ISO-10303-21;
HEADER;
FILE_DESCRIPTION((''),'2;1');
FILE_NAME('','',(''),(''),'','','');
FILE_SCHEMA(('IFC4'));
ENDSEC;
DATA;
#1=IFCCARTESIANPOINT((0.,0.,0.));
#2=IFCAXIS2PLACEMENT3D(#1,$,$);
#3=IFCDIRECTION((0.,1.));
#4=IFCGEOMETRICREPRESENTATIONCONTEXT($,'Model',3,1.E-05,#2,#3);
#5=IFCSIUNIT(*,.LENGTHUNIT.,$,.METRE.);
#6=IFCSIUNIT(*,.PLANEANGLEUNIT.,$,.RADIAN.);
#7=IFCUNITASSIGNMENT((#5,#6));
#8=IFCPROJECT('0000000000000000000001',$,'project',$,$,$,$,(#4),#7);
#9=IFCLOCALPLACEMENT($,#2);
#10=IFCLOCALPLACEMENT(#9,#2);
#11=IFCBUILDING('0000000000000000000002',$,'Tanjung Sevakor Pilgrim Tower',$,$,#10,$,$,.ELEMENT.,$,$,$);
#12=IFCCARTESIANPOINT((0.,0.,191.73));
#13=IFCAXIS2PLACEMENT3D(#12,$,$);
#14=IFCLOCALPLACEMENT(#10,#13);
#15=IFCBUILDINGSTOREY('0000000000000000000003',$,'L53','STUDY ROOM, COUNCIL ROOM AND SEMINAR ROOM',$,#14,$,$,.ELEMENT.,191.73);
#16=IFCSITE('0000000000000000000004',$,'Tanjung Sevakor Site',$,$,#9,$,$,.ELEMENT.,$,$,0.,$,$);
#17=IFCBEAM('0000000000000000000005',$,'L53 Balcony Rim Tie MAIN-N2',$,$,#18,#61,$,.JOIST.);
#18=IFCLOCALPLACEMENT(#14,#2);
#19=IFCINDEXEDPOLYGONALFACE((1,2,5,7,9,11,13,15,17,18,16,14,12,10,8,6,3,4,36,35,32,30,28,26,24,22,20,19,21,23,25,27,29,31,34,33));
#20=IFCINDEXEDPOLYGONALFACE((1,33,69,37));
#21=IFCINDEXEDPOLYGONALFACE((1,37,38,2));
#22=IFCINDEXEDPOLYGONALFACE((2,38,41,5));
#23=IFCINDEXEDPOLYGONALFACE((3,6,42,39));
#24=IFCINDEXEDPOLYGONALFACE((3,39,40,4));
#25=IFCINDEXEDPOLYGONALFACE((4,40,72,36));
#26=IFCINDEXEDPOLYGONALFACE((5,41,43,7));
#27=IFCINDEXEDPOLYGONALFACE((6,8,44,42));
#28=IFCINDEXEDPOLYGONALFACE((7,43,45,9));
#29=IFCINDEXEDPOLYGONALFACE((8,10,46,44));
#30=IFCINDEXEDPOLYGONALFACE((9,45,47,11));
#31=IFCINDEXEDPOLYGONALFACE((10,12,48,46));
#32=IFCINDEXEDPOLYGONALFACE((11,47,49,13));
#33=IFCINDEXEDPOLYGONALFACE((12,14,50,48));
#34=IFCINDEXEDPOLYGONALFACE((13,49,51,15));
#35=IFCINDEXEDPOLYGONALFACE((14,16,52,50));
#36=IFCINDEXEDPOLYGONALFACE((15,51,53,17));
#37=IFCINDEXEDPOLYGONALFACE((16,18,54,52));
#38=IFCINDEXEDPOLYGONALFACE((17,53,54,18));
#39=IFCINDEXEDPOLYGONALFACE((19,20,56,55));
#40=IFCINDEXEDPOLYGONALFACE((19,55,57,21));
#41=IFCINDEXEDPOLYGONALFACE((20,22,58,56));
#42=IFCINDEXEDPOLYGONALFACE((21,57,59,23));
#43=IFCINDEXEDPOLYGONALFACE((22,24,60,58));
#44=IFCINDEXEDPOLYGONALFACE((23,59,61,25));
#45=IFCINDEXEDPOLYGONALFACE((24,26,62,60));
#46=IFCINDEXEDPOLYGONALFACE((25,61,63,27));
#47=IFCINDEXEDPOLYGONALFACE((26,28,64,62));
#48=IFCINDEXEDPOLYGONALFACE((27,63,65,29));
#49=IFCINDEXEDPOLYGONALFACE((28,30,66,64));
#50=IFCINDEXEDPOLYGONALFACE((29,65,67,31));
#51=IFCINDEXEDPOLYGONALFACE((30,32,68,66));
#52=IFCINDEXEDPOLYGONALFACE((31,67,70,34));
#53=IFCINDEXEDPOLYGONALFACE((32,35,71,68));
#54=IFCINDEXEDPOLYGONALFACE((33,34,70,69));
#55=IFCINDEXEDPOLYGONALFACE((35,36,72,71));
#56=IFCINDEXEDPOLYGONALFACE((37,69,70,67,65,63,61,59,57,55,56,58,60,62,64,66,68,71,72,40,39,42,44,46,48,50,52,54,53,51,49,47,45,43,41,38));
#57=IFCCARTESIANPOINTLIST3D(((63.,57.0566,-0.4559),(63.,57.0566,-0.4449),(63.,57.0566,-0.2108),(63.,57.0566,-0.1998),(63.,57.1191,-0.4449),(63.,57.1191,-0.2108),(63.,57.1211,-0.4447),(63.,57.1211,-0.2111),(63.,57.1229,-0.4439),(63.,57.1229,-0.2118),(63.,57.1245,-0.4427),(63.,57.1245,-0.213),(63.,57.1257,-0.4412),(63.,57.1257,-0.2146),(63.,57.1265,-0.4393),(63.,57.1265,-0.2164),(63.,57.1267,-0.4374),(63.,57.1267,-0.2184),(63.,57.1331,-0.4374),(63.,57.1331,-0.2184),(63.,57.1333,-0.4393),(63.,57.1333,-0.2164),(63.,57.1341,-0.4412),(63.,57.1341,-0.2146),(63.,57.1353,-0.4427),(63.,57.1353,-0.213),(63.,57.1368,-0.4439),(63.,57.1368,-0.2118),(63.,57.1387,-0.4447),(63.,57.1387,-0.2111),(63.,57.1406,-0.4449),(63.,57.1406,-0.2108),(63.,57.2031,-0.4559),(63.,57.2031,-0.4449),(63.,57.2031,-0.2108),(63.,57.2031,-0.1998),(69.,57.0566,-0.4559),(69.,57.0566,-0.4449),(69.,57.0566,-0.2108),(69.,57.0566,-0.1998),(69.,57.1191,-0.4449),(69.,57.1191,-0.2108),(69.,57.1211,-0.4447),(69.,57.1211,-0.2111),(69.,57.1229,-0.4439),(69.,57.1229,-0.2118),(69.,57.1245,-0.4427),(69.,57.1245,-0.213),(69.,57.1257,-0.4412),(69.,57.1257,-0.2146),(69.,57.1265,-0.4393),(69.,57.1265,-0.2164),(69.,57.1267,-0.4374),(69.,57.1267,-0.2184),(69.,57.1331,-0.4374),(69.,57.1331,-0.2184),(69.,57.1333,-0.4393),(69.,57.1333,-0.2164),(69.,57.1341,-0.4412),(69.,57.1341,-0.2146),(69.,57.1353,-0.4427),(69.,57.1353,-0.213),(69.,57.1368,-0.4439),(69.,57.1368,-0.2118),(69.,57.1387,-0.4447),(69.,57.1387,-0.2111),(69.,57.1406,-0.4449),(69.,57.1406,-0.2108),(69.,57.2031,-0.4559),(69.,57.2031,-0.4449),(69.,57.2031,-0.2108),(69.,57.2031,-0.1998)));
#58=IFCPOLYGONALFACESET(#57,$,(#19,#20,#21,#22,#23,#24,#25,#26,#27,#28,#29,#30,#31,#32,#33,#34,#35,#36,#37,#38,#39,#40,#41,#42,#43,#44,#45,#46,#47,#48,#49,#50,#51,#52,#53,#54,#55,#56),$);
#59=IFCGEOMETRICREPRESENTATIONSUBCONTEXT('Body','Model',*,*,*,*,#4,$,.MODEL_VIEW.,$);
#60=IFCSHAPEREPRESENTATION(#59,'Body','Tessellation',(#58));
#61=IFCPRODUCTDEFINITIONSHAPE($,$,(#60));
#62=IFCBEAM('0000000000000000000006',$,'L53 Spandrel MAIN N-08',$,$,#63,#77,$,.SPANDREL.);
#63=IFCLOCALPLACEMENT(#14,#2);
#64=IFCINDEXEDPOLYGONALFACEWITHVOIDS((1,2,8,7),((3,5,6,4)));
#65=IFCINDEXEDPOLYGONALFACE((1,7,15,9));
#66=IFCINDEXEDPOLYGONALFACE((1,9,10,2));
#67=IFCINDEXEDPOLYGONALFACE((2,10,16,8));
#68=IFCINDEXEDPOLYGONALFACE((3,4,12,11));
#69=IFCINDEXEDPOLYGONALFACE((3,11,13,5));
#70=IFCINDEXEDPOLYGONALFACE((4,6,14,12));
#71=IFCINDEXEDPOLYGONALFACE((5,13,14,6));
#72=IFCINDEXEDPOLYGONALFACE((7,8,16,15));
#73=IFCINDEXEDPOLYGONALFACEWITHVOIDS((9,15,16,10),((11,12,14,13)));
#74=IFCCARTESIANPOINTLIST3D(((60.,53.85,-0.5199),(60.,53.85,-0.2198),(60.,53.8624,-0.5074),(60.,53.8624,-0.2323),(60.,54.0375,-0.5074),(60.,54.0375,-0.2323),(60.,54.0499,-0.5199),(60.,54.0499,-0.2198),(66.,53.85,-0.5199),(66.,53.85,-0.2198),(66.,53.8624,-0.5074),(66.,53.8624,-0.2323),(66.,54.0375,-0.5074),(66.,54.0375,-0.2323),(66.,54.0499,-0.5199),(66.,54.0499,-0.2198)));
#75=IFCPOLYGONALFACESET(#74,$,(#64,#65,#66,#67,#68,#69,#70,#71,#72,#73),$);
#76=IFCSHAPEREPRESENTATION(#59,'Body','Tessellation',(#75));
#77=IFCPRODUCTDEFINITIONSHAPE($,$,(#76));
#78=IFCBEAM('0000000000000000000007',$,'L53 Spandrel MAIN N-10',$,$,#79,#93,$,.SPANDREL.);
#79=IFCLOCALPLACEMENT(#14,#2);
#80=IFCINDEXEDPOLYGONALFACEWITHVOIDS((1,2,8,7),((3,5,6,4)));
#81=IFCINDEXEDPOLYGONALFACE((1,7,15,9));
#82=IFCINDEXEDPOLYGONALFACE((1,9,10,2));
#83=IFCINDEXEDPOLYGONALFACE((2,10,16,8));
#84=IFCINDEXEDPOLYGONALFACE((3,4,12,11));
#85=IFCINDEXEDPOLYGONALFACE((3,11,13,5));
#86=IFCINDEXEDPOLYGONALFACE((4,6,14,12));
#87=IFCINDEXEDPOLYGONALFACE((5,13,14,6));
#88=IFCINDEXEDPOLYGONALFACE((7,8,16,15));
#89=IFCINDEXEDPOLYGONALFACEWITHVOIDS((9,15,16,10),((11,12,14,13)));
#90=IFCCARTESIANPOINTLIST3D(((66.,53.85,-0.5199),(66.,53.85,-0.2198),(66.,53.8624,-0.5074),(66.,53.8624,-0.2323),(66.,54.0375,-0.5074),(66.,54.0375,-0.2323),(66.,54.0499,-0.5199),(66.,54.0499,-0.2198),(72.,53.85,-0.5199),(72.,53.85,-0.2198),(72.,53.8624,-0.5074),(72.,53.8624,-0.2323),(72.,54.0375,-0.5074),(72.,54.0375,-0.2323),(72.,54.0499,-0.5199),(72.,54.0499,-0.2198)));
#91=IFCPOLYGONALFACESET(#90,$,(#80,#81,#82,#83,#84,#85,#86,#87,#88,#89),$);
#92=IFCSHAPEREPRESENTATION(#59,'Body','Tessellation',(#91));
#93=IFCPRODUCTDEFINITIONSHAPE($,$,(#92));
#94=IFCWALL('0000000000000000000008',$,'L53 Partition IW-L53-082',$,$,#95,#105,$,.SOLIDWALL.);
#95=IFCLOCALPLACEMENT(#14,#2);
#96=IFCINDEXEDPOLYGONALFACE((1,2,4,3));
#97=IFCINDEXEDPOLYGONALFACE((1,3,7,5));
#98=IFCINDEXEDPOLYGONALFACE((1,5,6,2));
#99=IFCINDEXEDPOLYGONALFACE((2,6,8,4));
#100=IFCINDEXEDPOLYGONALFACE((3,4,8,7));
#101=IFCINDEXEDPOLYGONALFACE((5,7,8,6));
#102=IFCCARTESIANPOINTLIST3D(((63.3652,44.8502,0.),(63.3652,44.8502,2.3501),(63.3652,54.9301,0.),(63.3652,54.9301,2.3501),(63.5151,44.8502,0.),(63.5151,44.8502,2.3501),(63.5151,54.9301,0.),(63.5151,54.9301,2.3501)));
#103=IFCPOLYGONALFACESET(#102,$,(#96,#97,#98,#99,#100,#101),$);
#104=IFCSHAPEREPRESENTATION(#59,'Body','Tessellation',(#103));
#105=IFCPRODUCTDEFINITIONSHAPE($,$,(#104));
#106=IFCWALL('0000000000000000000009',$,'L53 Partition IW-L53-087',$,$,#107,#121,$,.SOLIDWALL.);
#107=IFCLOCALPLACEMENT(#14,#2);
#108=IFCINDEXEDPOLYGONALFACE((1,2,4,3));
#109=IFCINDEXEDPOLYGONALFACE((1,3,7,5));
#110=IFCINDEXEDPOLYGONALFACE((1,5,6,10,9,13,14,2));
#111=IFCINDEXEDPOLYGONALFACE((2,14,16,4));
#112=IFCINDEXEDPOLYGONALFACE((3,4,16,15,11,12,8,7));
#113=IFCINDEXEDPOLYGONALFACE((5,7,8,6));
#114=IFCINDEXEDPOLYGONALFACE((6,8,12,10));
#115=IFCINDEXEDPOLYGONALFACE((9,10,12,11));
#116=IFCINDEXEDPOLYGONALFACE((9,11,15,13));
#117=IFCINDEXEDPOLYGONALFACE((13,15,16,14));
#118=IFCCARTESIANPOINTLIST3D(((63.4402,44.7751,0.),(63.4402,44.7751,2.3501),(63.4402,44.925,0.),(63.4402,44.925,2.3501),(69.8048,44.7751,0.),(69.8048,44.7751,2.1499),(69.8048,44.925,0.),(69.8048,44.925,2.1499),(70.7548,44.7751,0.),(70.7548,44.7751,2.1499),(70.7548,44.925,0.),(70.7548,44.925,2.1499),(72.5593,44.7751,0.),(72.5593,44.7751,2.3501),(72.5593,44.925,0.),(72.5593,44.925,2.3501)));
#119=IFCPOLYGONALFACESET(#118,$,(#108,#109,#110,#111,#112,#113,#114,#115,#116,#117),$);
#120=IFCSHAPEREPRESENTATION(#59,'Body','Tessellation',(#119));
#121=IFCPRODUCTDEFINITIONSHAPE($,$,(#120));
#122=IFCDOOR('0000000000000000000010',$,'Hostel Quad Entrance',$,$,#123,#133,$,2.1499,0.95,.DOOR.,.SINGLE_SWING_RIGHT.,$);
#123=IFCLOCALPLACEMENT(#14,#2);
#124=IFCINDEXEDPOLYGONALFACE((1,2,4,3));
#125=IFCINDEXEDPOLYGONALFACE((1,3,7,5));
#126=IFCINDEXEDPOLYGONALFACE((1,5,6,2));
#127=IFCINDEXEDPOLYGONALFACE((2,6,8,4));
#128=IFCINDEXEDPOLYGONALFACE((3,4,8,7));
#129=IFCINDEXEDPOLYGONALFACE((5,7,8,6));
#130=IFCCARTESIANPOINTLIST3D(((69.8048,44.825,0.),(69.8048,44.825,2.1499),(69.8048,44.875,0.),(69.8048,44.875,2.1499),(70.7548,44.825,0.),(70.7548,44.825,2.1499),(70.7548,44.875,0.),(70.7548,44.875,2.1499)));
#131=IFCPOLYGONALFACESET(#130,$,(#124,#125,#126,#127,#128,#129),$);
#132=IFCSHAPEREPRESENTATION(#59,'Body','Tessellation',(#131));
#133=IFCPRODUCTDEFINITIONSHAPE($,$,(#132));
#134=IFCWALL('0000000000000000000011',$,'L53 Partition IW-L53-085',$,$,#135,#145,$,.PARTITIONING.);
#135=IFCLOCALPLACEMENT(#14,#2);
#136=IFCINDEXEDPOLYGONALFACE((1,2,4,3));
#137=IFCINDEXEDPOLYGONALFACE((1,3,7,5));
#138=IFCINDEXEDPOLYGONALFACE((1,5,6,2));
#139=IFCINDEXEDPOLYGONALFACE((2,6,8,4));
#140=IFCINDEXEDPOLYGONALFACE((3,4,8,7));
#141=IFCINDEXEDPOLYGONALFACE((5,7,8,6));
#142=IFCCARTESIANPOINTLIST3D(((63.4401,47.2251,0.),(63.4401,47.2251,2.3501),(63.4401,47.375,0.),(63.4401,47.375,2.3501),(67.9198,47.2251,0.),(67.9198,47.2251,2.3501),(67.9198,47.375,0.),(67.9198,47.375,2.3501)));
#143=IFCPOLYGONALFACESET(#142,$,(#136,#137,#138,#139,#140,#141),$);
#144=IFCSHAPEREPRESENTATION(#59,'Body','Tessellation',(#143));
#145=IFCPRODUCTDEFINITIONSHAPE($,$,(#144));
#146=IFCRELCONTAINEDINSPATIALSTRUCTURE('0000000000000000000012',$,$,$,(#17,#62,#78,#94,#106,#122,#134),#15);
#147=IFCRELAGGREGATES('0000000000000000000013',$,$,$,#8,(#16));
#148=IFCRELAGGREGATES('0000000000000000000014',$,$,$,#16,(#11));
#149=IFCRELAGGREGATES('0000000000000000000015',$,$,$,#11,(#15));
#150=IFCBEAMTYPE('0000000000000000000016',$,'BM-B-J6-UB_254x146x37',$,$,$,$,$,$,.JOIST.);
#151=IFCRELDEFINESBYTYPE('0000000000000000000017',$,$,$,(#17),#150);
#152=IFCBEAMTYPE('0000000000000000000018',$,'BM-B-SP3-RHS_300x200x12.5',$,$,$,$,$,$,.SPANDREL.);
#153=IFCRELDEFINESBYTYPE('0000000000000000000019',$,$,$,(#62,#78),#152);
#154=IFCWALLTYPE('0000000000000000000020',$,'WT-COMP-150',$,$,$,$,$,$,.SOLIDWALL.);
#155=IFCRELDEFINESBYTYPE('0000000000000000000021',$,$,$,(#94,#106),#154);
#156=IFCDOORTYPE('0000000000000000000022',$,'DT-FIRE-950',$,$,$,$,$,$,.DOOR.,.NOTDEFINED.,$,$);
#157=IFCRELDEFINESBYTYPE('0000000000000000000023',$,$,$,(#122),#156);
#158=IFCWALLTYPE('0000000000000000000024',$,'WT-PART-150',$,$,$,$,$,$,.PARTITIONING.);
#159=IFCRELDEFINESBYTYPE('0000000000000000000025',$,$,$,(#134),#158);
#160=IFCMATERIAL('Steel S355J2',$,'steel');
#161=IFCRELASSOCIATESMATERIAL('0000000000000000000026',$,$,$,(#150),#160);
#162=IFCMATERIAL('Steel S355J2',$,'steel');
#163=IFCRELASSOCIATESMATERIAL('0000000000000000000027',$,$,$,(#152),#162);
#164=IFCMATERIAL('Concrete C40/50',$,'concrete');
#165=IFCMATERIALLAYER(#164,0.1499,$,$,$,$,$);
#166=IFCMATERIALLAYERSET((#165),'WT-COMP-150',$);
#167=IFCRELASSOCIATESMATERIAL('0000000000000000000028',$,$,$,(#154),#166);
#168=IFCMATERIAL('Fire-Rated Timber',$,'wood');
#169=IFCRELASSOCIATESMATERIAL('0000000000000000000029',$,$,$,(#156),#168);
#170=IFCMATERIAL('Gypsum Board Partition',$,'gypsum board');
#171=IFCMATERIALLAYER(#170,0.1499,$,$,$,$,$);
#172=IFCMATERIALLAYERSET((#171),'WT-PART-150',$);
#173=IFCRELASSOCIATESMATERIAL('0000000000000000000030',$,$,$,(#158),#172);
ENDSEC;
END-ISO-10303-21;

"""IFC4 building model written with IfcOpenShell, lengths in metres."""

from ifc_helpers import new_model, si_unit, direction, frame, frame_2d, origin, origin_2d, place, context, subcontext, project, spatial, rectangle, hollow_rectangle, i_section, extrude, material, layer, layer_set, material_profile, profile_set, type_object, element, fill, save


model = new_model("IFC4")

# Units and contexts
model_context = context("Model", 3, precision=1e-05, world=origin(), true_north=direction((0.0, 1.0)))
body_context = subcontext(model_context, "Body", "Model", "MODEL_VIEW")
ifc_project = project(units=[si_unit("LENGTHUNIT", "METRE"), si_unit("PLANEANGLEUNIT", "RADIAN")], contexts=[model_context])

# Site, building, storey
site_placement = place(None, origin())
site = spatial("IfcSite", under=ifc_project, at=site_placement, Name="Tanjung Sevakor Site", CompositionType="ELEMENT", RefElevation=0.0)
building_placement = place(site_placement, origin())
building = spatial("IfcBuilding", under=site, at=building_placement, Name="Tanjung Sevakor Pilgrim Tower", CompositionType="ELEMENT")
storey_placement = place(building_placement, frame((0.0, 0.0, 191.73)))
storey = spatial("IfcBuildingStorey", under=building, at=storey_placement, Name="L53", Description="STUDY ROOM, COUNCIL ROOM AND SEMINAR ROOM", CompositionType="ELEMENT", Elevation=191.73)

# Beams
ifc_material_1 = material(Name="Steel S355J2", Category="steel")
ifc_material_profile_1 = material_profile(ifc_material_1, i_section(OverallWidth=0.1465, OverallDepth=0.2561, WebThickness=0.0063, FlangeThickness=0.011, FilletRadius=0.0076, at=origin_2d()))
ifc_profile_set_1 = profile_set([ifc_material_profile_1], Name="Steel S355J2")
beam_type_1 = type_object("IfcBeamType", Name="BM-B-J6-UB_254x146x37", PredefinedType="JOIST", material=ifc_profile_set_1)
beam_placement = place(storey_placement, frame((63.0, 57.1299, -0.3279), z_axis=(1.0, 0.0, 0.0), x_axis=(0.0, 1.0, 0.0)))
element("IfcBeam", 1, at=beam_placement, inside=storey, type_object=beam_type_1, Name="L53 Balcony Rim Tie MAIN-N2", PredefinedType="JOIST", context=body_context, shape_type="SweptSolid", body=[
    extrude(i_section(OverallWidth=0.1465, OverallDepth=0.2561, WebThickness=0.0063, FlangeThickness=0.011, FilletRadius=0.0076, at=origin_2d()), origin(), (0.0, 0.0, 1.0), 6.0),
])
ifc_material_2 = material(Name="Steel S355J2", Category="steel")
ifc_material_profile_2 = material_profile(ifc_material_2, hollow_rectangle(XDim=0.2, YDim=0.3, WallThickness=0.0125, at=origin_2d()))
ifc_profile_set_2 = profile_set([ifc_material_profile_2], Name="Steel S355J2")
beam_type_2 = type_object("IfcBeamType", Name="BM-B-SP3-RHS_300x200x12.5", PredefinedType="SPANDREL", material=ifc_profile_set_2)
for number, where, z_axis, x_axis, name in (
    (2, (60.0, 53.95, -0.3699), (1.0, 0.0, 0.0), (0.0, 1.0, 0.0), "L53 Spandrel MAIN N-08"),
    (3, (66.0, 53.95, -0.3699), (1.0, 0.0, 0.0), (0.0, 1.0, 0.0), "L53 Spandrel MAIN N-10"),
):
    element("IfcBeam", number, at=place(storey_placement, frame(where, z_axis=z_axis, x_axis=x_axis)), inside=storey, type_object=beam_type_2, Name=name, PredefinedType="SPANDREL", context=body_context, shape_type="SweptSolid", body=[
        extrude(hollow_rectangle(XDim=0.2, YDim=0.3, WallThickness=0.0125, at=origin_2d()), origin(), (0.0, 0.0, 1.0), 6.0),
    ])

# Wall
ifc_material_3 = material(Name="Concrete C40/50", Category="concrete")
ifc_layer_1 = layer(ifc_material_3, 0.1499)
ifc_layer_set_1 = layer_set([ifc_layer_1], Name="WT-COMP-150")
wall_type_1 = type_object("IfcWallType", Name="WT-COMP-150", PredefinedType="SOLIDWALL", material=ifc_layer_set_1)
wall_1_placement = place(storey_placement, frame((63.4402, 44.8501, 0.0), z_axis=(0.0, 0.0, 1.0), x_axis=(0.0, 1.0, 0.0)))
element("IfcWall", 4, at=wall_1_placement, inside=storey, type_object=wall_type_1, Name="L53 Partition IW-L53-082", PredefinedType="SOLIDWALL", context=body_context, shape_type="SweptSolid", body=[
    extrude(rectangle(XDim=10.0798, YDim=0.1499, at=frame_2d((5.04, 0.0))), origin(), (0.0, 0.0, 1.0), 2.3501),
])

# Wall, opening, door
wall_2_placement = place(storey_placement, frame((63.4402, 44.8501, 0.0), z_axis=(0.0, 0.0, 1.0), x_axis=(1.0, 0.0, 0.0)))
wall_2 = element("IfcWall", 5, at=wall_2_placement, inside=storey, type_object=wall_type_1, Name="L53 Partition IW-L53-087", PredefinedType="SOLIDWALL", context=body_context, shape_type="SweptSolid", body=[
    extrude(rectangle(XDim=9.1191, YDim=0.1499, at=frame_2d((4.5596, 0.0))), origin(), (0.0, 0.0, 1.0), 2.3501),
])
opening_1_placement = place(wall_2_placement, frame((6.3645, 0.0, 0.0)))
opening_1 = element("IfcOpeningElement", 6, at=opening_1_placement, cuts=wall_2, PredefinedType="OPENING", context=body_context, shape_type="SweptSolid", body=[
    extrude(rectangle(XDim=0.95, YDim=2.1499, at=frame_2d((0.4751, 1.075))), frame((0.0, 0.085, 0.0), z_axis=(0.0, -1.0, 0.0), x_axis=(1.0, 0.0, 0.0)), (0.0, 0.0, 1.0), 0.1699),
])
ifc_material_4 = material(Name="Fire-Rated Timber", Category="wood")
door_type_1 = type_object("IfcDoorType", Name="DT-FIRE-950", OperationType="NOTDEFINED", PredefinedType="DOOR", material=ifc_material_4)
door_1_placement = place(opening_1_placement, origin())
door_1 = element("IfcDoor", 7, at=door_1_placement, inside=storey, type_object=door_type_1, Name="Hostel Quad Entrance", OperationType="SINGLE_SWING_RIGHT", OverallHeight=2.1499, OverallWidth=0.95, PredefinedType="DOOR", context=body_context, shape_type="SweptSolid", body=[
    extrude(rectangle(XDim=0.95, YDim=2.1499, at=frame_2d((0.4751, 1.075))), frame((0.0, 0.0249, 0.0), z_axis=(0.0, -1.0, 0.0), x_axis=(1.0, 0.0, 0.0)), (0.0, 0.0, 1.0), 0.05),
])
fill(opening_1, door_1)

# Wall
ifc_material_5 = material(Name="Gypsum Board Partition", Category="gypsum board")
ifc_layer_2 = layer(ifc_material_5, 0.1499)
ifc_layer_set_2 = layer_set([ifc_layer_2], Name="WT-PART-150")
wall_type_2 = type_object("IfcWallType", Name="WT-PART-150", PredefinedType="PARTITIONING", material=ifc_layer_set_2)
wall_3_placement = place(storey_placement, frame((63.4402, 47.3, 0.0), z_axis=(0.0, 0.0, 1.0), x_axis=(1.0, 0.0, 0.0)))
element("IfcWall", 8, at=wall_3_placement, inside=storey, type_object=wall_type_2, Name="L53 Partition IW-L53-085", PredefinedType="PARTITIONING", context=body_context, shape_type="SweptSolid", body=[
    extrude(rectangle(XDim=4.4797, YDim=0.1499, at=frame_2d((2.2397, 0.0))), origin(), (0.0, 0.0, 1.0), 2.3501),
])

save(model, "model.ifc")
